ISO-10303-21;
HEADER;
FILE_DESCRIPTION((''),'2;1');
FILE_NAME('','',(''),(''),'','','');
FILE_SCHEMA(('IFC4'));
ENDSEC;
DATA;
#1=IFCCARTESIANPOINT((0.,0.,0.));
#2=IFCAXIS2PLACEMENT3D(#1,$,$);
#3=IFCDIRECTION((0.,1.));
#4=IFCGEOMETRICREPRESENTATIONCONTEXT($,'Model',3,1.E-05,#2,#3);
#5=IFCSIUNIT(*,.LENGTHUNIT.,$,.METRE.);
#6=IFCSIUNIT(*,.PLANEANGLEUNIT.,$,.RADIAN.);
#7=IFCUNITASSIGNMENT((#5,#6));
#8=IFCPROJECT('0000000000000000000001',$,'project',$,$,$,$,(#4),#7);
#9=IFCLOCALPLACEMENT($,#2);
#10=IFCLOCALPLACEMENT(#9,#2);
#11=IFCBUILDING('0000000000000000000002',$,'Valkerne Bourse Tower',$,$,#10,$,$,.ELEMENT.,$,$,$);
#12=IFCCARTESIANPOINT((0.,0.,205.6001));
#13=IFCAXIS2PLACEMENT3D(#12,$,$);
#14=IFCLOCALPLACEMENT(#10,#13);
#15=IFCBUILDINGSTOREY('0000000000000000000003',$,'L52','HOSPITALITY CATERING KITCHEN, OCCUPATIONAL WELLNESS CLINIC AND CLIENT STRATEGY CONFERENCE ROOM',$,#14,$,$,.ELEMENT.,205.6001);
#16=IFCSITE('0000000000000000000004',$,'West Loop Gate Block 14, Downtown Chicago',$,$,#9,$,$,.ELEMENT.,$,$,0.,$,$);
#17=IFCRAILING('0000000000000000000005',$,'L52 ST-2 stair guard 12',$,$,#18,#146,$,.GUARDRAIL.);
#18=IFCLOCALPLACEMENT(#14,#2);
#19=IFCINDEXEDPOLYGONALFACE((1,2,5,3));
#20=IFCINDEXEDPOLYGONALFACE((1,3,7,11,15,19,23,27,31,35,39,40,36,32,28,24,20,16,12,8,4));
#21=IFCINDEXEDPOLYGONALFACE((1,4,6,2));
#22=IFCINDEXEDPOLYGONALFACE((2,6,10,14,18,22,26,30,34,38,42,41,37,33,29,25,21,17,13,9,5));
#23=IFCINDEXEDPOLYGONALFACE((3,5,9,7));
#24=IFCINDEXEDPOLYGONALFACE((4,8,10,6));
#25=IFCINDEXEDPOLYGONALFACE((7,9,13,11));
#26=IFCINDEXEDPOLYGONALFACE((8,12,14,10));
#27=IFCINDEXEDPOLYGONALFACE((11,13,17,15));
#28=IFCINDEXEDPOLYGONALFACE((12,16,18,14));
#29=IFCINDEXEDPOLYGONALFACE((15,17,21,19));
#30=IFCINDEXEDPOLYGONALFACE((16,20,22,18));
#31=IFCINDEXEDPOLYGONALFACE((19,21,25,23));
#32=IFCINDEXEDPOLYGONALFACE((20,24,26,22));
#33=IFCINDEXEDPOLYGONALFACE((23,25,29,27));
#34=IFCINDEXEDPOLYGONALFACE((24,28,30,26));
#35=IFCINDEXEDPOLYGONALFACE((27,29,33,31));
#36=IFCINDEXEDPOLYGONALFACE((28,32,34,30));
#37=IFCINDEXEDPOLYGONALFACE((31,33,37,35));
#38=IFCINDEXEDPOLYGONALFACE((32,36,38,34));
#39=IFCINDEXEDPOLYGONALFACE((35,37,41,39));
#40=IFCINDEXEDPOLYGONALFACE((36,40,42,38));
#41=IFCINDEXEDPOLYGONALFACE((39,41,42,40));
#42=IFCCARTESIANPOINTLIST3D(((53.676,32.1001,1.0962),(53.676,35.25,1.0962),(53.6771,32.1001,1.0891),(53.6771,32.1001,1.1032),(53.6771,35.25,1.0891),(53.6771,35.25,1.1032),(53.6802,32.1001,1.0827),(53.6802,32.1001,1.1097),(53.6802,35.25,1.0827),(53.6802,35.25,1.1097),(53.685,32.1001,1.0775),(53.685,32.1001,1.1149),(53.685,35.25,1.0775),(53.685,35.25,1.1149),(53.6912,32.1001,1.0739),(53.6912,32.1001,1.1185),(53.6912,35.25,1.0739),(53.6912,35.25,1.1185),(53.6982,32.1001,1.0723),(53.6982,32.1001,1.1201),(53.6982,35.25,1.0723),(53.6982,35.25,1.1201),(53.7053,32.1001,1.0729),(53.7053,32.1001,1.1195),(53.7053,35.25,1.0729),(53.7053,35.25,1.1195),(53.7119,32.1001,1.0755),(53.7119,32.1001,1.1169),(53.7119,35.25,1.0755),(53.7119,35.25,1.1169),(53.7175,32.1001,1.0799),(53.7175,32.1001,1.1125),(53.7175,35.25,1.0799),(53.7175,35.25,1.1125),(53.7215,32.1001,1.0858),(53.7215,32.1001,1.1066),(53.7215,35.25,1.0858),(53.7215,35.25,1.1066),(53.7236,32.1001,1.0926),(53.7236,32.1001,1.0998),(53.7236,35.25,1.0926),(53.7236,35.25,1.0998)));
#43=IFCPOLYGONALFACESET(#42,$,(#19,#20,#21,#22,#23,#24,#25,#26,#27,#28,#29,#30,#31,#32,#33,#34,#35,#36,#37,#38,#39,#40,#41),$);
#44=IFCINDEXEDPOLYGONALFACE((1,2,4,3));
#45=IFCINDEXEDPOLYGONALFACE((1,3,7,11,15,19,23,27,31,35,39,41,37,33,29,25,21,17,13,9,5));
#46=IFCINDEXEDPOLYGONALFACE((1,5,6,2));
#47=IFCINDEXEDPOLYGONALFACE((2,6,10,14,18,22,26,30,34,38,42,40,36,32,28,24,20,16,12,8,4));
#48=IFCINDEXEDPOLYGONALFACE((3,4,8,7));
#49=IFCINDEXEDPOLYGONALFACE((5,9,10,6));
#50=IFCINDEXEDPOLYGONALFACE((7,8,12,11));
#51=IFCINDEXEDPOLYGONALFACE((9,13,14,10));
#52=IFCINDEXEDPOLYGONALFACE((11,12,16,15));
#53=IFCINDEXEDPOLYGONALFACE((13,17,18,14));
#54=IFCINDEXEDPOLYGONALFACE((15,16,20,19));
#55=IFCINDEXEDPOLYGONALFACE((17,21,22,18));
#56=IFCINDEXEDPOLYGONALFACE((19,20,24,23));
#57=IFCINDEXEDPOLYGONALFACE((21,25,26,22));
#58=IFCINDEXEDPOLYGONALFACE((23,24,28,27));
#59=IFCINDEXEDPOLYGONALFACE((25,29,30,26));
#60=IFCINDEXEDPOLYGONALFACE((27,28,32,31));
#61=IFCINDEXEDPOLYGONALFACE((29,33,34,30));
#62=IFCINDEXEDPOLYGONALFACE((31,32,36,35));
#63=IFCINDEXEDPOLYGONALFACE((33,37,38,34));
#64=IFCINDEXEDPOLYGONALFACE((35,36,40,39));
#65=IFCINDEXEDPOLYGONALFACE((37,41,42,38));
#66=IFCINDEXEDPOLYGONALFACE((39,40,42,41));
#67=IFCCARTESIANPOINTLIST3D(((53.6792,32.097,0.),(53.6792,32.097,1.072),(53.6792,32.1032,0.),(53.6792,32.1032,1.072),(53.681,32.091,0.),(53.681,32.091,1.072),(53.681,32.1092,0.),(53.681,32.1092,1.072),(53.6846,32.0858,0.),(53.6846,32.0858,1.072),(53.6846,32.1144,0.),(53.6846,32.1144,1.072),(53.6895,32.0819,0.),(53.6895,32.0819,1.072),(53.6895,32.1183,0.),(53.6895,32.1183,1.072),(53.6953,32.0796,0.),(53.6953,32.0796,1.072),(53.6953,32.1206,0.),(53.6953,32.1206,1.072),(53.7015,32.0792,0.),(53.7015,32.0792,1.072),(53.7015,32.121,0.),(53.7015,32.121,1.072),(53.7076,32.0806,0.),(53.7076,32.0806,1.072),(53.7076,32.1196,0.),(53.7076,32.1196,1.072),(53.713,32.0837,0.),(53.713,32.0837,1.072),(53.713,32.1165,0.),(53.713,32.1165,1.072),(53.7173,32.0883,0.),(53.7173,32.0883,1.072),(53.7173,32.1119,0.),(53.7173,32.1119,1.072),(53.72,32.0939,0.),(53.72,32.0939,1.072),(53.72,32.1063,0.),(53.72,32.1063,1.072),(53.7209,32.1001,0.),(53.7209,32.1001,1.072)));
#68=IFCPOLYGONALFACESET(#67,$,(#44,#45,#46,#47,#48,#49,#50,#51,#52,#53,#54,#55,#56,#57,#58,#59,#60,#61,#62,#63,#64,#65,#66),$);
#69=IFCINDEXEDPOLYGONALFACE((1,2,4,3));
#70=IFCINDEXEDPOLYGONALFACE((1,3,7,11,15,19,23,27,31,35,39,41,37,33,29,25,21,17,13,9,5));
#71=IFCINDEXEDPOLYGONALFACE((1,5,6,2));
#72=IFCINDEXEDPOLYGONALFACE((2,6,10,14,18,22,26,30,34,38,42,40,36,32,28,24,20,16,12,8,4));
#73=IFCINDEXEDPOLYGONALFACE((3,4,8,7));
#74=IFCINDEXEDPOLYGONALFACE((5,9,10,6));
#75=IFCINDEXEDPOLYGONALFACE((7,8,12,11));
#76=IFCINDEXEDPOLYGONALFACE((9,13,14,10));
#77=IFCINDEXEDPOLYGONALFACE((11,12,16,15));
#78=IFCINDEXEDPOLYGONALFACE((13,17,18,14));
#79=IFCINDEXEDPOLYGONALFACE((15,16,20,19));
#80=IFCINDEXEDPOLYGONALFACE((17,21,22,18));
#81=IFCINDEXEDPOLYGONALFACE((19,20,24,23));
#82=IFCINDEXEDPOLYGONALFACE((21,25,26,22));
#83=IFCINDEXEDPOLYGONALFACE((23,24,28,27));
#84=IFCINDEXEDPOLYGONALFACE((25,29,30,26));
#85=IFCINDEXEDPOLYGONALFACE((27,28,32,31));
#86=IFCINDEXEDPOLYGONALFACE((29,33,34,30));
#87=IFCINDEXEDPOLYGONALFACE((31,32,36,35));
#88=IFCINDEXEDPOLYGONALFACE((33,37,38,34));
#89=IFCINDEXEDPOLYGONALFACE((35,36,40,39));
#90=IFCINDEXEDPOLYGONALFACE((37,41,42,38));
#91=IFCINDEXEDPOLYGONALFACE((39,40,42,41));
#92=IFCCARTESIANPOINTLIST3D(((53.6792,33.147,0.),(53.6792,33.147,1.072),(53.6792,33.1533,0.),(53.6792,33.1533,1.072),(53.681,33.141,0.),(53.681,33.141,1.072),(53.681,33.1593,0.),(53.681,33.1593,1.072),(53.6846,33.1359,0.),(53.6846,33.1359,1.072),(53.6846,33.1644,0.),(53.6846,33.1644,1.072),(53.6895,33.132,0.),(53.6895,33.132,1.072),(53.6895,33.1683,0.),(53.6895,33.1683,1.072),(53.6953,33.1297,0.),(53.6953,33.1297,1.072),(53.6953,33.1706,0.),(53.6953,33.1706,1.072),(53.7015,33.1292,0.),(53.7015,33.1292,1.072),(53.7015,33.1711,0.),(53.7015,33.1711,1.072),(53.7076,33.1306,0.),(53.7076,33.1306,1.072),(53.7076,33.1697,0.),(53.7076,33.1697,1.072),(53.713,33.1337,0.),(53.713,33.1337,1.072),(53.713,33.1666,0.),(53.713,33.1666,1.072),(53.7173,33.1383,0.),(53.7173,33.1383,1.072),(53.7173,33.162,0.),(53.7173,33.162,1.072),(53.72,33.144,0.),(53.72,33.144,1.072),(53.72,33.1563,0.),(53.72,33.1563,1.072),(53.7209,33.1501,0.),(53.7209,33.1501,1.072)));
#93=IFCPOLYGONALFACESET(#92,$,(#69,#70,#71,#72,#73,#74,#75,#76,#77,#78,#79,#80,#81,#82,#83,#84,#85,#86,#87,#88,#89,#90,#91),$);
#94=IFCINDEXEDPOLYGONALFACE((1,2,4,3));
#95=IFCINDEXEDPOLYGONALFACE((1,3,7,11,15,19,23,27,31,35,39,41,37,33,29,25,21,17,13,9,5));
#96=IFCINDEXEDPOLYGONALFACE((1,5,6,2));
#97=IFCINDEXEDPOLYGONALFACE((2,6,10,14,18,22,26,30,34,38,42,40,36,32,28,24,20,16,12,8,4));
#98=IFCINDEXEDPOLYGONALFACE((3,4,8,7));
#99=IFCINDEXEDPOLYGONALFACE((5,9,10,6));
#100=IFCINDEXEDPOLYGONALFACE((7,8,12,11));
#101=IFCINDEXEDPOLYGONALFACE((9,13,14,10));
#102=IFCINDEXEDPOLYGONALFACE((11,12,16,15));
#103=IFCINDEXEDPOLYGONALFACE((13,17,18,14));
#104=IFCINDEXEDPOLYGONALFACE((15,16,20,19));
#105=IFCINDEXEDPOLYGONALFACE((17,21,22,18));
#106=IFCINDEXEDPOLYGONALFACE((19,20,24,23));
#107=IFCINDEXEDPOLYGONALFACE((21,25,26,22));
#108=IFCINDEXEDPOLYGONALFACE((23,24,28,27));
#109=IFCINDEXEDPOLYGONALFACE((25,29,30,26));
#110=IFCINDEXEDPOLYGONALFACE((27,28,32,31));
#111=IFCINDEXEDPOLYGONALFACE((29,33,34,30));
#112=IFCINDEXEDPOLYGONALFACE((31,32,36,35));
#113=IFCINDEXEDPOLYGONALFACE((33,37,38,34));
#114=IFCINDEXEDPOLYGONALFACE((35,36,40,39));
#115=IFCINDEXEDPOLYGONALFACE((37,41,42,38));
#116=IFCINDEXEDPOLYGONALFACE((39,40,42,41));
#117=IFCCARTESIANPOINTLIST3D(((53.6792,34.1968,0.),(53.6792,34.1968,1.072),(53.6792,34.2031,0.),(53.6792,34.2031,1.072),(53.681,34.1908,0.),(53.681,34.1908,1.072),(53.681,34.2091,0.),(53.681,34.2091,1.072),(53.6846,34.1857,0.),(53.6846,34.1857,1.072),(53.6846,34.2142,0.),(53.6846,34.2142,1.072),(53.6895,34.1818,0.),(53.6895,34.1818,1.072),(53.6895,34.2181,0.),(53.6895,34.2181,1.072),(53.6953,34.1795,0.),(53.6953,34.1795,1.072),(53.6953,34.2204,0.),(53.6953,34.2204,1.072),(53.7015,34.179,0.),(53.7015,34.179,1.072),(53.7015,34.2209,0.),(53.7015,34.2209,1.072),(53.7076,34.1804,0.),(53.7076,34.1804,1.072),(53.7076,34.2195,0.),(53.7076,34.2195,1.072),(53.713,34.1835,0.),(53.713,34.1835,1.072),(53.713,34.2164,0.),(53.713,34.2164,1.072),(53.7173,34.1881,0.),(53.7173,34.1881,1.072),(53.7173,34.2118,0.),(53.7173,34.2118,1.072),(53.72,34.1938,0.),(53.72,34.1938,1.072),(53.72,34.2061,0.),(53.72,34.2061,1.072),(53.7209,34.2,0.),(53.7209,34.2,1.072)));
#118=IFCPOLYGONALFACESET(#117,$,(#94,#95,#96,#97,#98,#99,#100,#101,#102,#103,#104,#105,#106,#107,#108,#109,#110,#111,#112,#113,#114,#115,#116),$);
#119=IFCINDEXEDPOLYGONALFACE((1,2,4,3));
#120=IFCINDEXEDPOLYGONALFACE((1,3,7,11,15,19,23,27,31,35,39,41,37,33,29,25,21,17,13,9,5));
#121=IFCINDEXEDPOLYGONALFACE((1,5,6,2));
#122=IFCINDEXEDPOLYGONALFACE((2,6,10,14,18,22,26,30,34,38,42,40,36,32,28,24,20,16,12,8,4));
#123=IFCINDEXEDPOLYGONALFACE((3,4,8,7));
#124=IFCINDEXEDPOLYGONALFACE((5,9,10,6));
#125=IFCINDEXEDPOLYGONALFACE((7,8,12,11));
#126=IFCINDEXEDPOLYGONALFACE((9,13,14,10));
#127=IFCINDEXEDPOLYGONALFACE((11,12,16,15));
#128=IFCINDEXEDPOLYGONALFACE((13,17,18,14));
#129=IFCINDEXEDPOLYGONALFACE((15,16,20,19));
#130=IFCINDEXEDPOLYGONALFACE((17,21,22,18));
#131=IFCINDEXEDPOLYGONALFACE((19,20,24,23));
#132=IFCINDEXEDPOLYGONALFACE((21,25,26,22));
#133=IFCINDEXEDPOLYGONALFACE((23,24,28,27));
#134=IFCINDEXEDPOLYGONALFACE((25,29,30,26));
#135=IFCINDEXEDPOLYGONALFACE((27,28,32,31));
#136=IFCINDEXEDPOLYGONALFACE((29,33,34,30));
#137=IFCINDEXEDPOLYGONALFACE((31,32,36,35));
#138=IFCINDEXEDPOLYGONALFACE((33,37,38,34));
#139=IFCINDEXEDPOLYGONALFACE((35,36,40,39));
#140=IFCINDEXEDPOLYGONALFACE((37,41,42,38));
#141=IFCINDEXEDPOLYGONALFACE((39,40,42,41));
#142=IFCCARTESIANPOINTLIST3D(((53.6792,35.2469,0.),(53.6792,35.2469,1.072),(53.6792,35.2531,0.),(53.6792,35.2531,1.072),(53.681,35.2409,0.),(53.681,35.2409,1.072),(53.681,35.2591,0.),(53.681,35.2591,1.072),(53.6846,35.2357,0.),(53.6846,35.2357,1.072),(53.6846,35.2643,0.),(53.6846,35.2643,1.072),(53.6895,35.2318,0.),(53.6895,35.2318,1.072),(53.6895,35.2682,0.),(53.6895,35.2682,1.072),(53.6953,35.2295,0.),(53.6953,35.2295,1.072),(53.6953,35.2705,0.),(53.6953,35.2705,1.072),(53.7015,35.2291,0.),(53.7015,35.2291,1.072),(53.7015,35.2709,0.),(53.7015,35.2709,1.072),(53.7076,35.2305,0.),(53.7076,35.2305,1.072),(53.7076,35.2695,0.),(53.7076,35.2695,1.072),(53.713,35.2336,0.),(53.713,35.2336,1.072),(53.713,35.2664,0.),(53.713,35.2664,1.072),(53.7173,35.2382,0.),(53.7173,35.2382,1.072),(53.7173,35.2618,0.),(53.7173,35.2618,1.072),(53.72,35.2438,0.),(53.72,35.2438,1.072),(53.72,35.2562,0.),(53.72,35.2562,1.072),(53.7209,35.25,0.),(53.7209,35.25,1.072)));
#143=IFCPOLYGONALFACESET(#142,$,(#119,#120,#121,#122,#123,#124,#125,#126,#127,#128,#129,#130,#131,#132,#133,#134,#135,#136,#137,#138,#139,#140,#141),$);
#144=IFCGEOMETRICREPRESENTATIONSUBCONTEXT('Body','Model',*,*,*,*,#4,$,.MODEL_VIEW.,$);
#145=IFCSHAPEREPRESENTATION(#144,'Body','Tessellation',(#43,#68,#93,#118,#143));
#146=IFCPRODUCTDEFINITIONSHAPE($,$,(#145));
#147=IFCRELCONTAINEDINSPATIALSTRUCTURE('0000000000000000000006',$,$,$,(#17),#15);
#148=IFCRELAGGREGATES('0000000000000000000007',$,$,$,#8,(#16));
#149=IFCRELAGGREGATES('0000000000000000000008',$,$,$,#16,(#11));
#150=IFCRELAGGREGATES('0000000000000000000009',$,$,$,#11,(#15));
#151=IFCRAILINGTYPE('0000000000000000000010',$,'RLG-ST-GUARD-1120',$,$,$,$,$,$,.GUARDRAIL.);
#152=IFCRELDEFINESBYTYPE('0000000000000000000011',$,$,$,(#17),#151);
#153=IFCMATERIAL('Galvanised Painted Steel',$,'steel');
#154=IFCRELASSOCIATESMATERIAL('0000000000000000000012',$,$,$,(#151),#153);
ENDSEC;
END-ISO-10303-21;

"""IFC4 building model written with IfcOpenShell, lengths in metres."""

from ifc_helpers import new_model, si_unit, direction, frame, origin, origin_2d, place, context, subcontext, project, spatial, circle, extrude, material, type_object, element, save


model = new_model("IFC4")

# Units and contexts
model_context = context("Model", 3, precision=1e-05, world=origin(), true_north=direction((0.0, 1.0)))
body_context = subcontext(model_context, "Body", "Model", "MODEL_VIEW")
ifc_project = project(units=[si_unit("LENGTHUNIT", "METRE"), si_unit("PLANEANGLEUNIT", "RADIAN")], contexts=[model_context])

# Site, building, storey
site_placement = place(None, origin())
site = spatial("IfcSite", under=ifc_project, at=site_placement, Name="West Loop Gate Block 14, Downtown Chicago", CompositionType="ELEMENT", RefElevation=0.0)
building_placement = place(site_placement, origin())
building = spatial("IfcBuilding", under=site, at=building_placement, Name="Valkerne Bourse Tower", CompositionType="ELEMENT")
storey_placement = place(building_placement, frame((0.0, 0.0, 205.6001)))
storey = spatial("IfcBuildingStorey", under=building, at=storey_placement, Name="L52", Description="HOSPITALITY CATERING KITCHEN, OCCUPATIONAL WELLNESS CLINIC AND CLIENT STRATEGY CONFERENCE ROOM", CompositionType="ELEMENT", Elevation=205.6001)

# Railing
ifc_material_1 = material(Name="Galvanised Painted Steel", Category="steel")
railing_type = type_object("IfcRailingType", Name="RLG-ST-GUARD-1120", PredefinedType="GUARDRAIL", material=ifc_material_1)
railing_1_placement = place(storey_placement, frame((53.7, 32.1001, 0.0)))
element("IfcRailing", 1, at=railing_1_placement, inside=storey, type_object=railing_type, Name="L52 ST-2 stair guard 12", PredefinedType="GUARDRAIL", context=body_context, shape_type="SweptSolid", body=[
    extrude(circle(Radius=0.0239, at=origin_2d()), frame((0.0, 0.0, 1.0962), z_axis=(0.0, 1.0, 0.0), x_axis=(-1.0, 0.0, 0.0)), (0.0, 0.0, 1.0), 3.1499),
    extrude(circle(Radius=0.021, at=origin_2d()), origin(), (0.0, 0.0, 1.0), 1.072),
    extrude(circle(Radius=0.021, at=origin_2d()), frame((0.0, 1.05, 0.0)), (0.0, 0.0, 1.0), 1.072),
    extrude(circle(Radius=0.021, at=origin_2d()), frame((0.0, 2.0999, 0.0)), (0.0, 0.0, 1.0), 1.072),
    extrude(circle(Radius=0.021, at=origin_2d()), frame((0.0, 3.1499, 0.0)), (0.0, 0.0, 1.0), 1.072),
])

save(model, "model.ifc")
